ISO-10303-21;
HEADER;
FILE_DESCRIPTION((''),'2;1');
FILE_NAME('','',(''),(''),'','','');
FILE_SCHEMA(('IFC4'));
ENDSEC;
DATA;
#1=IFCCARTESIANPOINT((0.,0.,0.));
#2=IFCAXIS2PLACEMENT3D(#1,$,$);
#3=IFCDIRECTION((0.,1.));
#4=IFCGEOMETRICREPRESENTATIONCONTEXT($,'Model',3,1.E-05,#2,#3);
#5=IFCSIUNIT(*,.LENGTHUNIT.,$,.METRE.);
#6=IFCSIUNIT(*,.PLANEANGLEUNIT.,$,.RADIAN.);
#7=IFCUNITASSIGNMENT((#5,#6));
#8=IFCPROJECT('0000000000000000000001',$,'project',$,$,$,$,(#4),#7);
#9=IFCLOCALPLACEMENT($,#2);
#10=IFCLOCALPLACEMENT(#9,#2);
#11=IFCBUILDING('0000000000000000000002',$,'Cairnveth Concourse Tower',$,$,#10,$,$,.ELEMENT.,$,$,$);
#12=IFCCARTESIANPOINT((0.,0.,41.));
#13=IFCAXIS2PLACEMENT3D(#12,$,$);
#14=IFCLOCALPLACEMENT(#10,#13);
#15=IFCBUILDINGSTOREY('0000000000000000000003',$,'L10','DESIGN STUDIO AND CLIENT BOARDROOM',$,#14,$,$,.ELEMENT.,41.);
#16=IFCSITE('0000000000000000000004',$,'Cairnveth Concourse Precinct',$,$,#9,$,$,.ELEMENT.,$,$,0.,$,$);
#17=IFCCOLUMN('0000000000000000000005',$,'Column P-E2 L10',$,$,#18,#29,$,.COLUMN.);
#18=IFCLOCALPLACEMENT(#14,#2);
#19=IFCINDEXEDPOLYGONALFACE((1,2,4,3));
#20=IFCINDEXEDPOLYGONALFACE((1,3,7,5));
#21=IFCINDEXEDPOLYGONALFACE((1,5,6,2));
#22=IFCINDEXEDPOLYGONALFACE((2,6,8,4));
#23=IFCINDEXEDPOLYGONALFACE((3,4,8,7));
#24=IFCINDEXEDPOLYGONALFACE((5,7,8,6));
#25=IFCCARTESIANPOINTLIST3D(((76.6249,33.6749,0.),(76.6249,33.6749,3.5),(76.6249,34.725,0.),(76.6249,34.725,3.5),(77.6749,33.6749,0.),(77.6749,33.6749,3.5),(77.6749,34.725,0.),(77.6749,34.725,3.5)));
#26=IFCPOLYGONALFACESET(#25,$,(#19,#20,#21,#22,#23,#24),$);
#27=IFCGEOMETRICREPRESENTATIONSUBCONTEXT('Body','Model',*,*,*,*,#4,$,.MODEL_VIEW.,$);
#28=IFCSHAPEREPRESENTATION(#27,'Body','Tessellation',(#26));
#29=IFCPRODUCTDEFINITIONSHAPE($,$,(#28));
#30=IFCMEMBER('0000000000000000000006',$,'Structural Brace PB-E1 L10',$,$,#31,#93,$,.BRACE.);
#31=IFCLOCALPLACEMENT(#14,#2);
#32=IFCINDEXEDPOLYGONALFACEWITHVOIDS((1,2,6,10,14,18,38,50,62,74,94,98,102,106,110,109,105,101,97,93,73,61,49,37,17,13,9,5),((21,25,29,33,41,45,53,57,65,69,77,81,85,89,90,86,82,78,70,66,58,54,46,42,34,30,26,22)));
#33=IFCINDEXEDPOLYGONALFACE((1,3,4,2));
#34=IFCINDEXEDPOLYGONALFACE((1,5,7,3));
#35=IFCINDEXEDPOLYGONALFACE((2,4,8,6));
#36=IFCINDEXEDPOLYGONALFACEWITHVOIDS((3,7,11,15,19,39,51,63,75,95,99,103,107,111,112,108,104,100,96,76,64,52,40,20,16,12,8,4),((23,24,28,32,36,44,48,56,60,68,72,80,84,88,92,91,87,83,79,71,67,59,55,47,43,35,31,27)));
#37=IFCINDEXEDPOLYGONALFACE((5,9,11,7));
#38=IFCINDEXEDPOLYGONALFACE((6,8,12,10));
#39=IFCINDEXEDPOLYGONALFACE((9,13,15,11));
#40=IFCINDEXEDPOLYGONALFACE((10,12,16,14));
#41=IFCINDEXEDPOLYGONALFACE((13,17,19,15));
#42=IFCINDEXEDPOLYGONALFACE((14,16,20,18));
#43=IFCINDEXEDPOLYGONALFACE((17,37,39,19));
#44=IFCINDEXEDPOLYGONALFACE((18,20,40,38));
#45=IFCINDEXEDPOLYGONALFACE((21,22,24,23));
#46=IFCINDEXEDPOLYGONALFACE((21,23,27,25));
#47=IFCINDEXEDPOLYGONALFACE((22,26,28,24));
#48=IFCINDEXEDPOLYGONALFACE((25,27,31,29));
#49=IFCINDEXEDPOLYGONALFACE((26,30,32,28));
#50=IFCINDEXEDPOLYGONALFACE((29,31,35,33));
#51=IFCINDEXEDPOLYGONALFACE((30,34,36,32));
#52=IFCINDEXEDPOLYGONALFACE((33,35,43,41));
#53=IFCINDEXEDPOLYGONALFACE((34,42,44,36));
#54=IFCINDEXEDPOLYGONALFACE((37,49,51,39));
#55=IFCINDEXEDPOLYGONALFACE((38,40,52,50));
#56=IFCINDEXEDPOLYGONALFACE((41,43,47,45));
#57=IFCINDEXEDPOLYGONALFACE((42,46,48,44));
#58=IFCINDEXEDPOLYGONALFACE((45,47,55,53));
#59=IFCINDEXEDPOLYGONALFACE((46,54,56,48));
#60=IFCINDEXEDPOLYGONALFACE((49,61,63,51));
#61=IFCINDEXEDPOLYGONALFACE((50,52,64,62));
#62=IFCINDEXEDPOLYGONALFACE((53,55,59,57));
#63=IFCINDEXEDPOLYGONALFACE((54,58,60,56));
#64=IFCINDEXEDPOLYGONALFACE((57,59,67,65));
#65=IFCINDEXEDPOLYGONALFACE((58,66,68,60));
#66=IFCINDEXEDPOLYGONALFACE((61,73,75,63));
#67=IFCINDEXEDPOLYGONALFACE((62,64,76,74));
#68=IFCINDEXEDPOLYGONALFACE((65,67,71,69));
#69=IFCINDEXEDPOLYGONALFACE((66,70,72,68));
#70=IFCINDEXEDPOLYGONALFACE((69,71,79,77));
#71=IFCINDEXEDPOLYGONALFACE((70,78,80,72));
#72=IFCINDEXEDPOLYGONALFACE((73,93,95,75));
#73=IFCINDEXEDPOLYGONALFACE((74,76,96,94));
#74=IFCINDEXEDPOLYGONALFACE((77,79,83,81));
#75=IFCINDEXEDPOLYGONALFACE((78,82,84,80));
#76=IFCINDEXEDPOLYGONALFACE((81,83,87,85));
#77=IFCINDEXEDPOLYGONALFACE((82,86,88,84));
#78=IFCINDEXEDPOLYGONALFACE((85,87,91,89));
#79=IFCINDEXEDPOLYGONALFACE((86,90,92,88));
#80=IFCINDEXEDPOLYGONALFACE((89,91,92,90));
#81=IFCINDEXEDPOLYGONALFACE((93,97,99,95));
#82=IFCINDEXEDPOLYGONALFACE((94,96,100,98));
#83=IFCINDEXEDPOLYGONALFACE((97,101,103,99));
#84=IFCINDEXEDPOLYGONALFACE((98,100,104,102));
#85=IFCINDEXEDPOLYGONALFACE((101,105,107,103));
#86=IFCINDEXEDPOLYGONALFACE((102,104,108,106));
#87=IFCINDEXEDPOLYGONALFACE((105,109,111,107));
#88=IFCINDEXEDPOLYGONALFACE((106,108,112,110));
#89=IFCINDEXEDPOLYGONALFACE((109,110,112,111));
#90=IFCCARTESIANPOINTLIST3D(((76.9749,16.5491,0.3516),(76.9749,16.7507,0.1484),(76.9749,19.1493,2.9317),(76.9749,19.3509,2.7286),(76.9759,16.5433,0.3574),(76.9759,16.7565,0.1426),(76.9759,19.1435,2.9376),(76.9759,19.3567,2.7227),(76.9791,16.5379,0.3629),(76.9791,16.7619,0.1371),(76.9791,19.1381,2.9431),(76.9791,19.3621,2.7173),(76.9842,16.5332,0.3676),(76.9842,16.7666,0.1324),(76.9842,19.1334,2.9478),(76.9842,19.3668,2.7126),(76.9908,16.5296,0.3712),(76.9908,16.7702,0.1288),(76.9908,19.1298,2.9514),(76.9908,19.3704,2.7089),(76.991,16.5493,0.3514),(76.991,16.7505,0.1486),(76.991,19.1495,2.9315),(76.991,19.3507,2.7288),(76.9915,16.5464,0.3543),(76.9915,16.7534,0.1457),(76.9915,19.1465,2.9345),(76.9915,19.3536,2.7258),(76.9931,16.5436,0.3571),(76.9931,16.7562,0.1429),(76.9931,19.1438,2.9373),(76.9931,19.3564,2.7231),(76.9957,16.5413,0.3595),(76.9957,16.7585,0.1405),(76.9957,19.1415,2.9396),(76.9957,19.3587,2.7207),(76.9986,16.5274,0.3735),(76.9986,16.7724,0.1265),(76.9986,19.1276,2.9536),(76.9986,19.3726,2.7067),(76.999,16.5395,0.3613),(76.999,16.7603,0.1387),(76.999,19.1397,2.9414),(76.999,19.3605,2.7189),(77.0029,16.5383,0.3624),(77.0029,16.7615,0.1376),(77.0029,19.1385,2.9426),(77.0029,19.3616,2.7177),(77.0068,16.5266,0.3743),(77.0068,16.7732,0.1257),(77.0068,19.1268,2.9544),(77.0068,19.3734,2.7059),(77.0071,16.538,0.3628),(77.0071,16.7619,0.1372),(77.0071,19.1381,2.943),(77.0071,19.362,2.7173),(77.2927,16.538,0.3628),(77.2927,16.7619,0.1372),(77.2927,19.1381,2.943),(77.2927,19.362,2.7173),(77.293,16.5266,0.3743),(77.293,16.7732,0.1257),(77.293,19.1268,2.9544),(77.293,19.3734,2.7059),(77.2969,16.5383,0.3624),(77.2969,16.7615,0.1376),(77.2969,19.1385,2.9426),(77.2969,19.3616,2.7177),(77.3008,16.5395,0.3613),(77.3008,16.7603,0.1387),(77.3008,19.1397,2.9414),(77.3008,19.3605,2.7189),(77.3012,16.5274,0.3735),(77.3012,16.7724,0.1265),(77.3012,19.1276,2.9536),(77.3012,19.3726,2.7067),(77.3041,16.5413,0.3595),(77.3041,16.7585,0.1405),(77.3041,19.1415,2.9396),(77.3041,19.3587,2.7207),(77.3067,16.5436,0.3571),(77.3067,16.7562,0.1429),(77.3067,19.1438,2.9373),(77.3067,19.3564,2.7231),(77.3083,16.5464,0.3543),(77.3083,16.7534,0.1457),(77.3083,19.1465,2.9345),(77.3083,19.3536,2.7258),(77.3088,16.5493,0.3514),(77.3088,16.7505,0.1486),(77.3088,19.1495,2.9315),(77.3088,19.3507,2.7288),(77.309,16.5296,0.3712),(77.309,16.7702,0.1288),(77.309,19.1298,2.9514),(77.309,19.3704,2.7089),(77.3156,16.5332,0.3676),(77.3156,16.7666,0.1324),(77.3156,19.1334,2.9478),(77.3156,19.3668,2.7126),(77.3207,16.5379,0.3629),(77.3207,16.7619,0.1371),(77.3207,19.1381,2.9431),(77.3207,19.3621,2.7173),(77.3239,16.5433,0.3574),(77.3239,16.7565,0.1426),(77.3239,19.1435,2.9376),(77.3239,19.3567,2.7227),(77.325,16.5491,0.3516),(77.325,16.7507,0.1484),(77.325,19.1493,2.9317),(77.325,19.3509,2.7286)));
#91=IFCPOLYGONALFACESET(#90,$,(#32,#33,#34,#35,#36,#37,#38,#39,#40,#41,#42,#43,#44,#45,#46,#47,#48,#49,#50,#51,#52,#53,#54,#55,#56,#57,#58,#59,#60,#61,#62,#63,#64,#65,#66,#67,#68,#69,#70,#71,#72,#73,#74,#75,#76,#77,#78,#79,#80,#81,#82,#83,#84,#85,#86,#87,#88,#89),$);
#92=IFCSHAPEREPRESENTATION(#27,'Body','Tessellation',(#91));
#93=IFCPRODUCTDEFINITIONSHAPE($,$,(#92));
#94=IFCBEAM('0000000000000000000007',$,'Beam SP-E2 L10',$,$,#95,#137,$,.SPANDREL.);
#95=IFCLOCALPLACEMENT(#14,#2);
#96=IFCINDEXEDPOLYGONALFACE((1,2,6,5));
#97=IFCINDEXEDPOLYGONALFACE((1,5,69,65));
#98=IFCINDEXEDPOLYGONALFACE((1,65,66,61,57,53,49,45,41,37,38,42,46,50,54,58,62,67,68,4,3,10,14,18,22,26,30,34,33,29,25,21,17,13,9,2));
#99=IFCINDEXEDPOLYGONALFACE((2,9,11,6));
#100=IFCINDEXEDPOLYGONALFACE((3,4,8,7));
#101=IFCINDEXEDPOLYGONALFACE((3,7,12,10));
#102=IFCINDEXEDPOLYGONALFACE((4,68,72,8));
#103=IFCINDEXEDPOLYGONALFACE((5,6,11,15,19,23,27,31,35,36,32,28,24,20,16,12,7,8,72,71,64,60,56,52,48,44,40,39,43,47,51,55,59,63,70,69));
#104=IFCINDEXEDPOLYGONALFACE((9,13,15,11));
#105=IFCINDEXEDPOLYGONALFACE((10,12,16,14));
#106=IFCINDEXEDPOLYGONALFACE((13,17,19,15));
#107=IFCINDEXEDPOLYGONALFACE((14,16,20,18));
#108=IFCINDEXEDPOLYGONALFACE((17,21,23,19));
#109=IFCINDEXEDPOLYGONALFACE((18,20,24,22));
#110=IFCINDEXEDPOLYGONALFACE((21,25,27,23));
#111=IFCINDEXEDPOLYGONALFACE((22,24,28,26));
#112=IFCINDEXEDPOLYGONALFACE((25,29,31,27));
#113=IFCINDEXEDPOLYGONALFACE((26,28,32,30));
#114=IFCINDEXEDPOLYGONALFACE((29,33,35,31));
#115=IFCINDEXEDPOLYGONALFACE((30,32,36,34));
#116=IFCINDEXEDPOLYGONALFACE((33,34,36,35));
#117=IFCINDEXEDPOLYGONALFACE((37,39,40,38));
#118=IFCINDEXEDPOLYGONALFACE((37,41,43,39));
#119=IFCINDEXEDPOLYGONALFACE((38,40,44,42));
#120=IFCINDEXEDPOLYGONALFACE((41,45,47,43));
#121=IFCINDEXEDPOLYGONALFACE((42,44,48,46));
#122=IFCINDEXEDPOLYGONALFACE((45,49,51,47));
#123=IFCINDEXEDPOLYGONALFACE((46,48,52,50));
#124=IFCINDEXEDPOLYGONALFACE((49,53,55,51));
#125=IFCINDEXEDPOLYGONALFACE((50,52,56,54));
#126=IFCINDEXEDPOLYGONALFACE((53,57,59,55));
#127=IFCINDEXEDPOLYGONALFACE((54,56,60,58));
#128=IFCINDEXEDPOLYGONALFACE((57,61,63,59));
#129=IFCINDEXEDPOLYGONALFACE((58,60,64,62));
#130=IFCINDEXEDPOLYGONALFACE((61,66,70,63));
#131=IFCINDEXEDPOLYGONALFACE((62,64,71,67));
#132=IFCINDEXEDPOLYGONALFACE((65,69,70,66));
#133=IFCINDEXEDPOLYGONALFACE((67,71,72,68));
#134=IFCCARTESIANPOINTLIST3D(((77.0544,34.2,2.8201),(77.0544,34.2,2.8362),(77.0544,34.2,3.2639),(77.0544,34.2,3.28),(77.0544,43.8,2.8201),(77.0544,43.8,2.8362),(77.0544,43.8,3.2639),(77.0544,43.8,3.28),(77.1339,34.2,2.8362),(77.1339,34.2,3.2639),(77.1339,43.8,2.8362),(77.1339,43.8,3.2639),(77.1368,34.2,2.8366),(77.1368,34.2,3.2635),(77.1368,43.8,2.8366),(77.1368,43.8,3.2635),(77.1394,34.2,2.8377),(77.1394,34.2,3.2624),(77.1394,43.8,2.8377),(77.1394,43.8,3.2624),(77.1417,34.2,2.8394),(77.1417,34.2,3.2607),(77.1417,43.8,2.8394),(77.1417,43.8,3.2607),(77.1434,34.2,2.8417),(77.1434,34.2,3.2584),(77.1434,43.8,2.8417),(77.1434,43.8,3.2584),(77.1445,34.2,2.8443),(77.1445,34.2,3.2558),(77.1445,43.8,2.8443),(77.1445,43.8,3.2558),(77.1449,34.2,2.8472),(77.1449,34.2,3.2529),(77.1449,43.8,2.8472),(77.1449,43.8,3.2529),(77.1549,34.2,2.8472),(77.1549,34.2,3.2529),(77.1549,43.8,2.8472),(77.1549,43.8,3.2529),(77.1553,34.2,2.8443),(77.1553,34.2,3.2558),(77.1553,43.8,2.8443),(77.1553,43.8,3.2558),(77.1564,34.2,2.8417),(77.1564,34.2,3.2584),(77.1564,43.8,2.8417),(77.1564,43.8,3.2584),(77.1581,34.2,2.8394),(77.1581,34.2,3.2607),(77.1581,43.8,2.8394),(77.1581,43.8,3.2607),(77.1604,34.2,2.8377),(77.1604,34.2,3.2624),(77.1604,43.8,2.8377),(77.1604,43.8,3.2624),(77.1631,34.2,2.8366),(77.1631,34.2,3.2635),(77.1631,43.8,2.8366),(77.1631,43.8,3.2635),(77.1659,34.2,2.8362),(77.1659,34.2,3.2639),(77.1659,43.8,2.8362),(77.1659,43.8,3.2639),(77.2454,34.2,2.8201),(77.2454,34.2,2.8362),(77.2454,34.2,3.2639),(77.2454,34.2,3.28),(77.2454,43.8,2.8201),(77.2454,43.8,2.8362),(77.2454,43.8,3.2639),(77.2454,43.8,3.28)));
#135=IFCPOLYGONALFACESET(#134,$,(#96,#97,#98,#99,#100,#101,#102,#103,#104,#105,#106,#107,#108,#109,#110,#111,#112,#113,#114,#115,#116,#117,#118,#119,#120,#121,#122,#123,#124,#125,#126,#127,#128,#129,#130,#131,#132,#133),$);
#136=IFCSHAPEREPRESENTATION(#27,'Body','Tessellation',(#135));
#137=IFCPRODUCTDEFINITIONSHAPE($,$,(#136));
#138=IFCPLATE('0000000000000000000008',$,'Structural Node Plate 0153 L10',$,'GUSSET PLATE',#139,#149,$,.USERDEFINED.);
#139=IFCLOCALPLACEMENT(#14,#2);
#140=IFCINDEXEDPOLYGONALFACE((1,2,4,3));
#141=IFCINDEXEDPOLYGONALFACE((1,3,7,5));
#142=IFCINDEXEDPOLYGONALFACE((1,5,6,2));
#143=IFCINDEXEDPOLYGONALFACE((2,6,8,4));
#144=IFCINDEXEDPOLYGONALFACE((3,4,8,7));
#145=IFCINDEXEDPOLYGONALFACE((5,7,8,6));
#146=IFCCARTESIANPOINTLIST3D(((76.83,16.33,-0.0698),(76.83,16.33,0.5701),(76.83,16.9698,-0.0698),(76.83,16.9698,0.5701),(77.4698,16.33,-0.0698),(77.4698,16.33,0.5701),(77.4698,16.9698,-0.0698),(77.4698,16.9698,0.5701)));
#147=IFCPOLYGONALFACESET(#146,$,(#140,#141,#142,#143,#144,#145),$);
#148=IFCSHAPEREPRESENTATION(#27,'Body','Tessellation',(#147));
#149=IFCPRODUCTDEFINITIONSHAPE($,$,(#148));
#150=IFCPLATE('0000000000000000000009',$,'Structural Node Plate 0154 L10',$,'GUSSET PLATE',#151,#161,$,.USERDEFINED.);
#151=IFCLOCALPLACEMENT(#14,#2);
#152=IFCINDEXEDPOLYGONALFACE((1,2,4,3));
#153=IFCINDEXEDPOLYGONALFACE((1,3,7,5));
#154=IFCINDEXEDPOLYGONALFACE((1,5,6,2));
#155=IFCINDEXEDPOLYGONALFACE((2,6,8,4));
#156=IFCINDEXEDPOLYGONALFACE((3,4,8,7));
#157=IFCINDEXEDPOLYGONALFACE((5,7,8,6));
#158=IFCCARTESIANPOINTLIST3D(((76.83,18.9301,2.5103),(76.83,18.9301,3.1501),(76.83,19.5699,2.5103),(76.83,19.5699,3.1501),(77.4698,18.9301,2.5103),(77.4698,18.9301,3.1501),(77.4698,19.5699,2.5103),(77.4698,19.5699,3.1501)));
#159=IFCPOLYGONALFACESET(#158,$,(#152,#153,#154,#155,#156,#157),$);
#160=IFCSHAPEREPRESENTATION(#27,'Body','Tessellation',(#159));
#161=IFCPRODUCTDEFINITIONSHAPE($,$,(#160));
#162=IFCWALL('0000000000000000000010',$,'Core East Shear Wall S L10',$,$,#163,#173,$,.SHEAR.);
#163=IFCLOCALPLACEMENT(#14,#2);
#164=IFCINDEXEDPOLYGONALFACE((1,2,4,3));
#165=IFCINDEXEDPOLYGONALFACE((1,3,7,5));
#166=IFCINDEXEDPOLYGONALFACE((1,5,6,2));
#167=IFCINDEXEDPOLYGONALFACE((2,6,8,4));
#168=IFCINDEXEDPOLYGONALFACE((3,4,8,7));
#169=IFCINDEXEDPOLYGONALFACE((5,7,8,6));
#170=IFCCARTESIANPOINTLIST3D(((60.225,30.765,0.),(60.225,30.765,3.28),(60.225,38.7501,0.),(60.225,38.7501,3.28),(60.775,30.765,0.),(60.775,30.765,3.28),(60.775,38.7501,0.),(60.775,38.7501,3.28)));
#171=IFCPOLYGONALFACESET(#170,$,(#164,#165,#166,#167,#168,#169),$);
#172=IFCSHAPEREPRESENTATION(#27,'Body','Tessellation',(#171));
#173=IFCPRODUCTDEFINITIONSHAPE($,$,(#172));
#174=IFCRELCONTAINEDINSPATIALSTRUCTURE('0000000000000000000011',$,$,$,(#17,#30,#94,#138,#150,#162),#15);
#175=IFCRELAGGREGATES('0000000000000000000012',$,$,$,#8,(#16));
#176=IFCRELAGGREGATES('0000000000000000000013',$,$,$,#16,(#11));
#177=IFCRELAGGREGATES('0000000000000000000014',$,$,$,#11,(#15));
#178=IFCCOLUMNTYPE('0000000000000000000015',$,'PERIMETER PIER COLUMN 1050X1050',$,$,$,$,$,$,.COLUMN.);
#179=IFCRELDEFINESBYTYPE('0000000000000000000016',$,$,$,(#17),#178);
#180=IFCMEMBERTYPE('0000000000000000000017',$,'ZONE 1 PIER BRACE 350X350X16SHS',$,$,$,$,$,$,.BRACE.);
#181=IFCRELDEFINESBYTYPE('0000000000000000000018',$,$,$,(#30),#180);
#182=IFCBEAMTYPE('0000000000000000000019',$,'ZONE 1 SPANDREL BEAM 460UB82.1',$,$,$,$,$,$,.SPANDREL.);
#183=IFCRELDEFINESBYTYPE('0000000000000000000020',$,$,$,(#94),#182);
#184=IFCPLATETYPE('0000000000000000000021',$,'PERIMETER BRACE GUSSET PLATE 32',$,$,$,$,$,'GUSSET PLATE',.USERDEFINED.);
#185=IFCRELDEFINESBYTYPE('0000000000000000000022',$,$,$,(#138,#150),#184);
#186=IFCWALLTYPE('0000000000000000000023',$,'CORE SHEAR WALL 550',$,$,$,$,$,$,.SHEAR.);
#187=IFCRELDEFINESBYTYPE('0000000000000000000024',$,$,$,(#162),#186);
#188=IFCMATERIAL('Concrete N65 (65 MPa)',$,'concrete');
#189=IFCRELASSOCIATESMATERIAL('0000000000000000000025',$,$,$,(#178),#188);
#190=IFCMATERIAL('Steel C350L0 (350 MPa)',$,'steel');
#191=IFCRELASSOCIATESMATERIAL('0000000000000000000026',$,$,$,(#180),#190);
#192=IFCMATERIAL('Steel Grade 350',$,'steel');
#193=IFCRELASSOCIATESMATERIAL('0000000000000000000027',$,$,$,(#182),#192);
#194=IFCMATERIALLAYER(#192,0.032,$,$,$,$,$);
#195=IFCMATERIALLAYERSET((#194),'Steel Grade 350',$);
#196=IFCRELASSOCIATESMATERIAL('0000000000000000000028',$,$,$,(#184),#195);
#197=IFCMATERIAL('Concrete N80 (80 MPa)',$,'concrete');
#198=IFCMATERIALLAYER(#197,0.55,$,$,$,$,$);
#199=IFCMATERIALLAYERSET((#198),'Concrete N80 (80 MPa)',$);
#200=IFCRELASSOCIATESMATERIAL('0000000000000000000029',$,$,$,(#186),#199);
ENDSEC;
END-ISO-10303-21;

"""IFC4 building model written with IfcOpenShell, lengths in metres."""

from ifc_helpers import new_model, si_unit, direction, frame, frame_2d, origin, origin_2d, place, context, subcontext, project, spatial, rectangle, hollow_rectangle, i_section, extrude, material, layer, layer_set, material_profile, profile_set, type_object, element, save


model = new_model("IFC4")

# Units and contexts
model_context = context("Model", 3, precision=1e-05, world=origin(), true_north=direction((0.0, 1.0)))
body_context = subcontext(model_context, "Body", "Model", "MODEL_VIEW")
ifc_project = project(units=[si_unit("LENGTHUNIT", "METRE"), si_unit("PLANEANGLEUNIT", "RADIAN")], contexts=[model_context])

# Site, building, storey
site_placement = place(None, origin())
site = spatial("IfcSite", under=ifc_project, at=site_placement, Name="Cairnveth Concourse Precinct", CompositionType="ELEMENT", RefElevation=0.0)
building_placement = place(site_placement, origin())
building = spatial("IfcBuilding", under=site, at=building_placement, Name="Cairnveth Concourse Tower", CompositionType="ELEMENT")
storey_placement = place(building_placement, frame((0.0, 0.0, 41.0)))
storey = spatial("IfcBuildingStorey", under=building, at=storey_placement, Name="L10", Description="DESIGN STUDIO AND CLIENT BOARDROOM", CompositionType="ELEMENT", Elevation=41.0)

# Column
ifc_material_1 = material(Name="Concrete N65 (65 MPa)", Category="concrete")
ifc_material_profile_1 = material_profile(ifc_material_1, rectangle(XDim=1.05, YDim=1.05, at=origin_2d()), Name="RC-COL-1050x1050")
ifc_profile_set_1 = profile_set([ifc_material_profile_1], Name="Concrete N65 (65 MPa)")
column_type = type_object("IfcColumnType", Name="PERIMETER PIER COLUMN 1050X1050", PredefinedType="COLUMN", material=ifc_profile_set_1)
column_placement = place(storey_placement, frame((77.1499, 34.2, 0.0), z_axis=(0.0, 0.0, 1.0), x_axis=(0.0, 1.0, 0.0)))
element("IfcColumn", 1, at=column_placement, inside=storey, type_object=column_type, Name="Column P-E2 L10", PredefinedType="COLUMN", context=body_context, shape_type="SweptSolid", body=[
    extrude(rectangle(XDim=1.05, YDim=1.05, at=origin_2d()), origin(), (0.0, 0.0, 1.0), 3.5),
])

# Member
ifc_material_2 = material(Name="Steel C350L0 (350 MPa)", Category="steel")
ifc_material_profile_2 = material_profile(ifc_material_2, hollow_rectangle(XDim=0.3501, YDim=0.3501, WallThickness=0.0161, InnerFilletRadius=0.0161, OuterFilletRadius=0.032, at=origin_2d()), Name="350x350x16.0SHS")
ifc_profile_set_2 = profile_set([ifc_material_profile_2], Name="Steel C350L0 (350 MPa)")
member_type = type_object("IfcMemberType", Name="ZONE 1 PIER BRACE 350X350X16SHS", PredefinedType="BRACE", material=ifc_profile_set_2)
member_placement = place(storey_placement, frame((77.1499, 16.6499, 0.25), z_axis=(0.0, 0.709834, 0.704369), x_axis=(-1.0, 0.0, 0.0)))
element("IfcMember", 2, at=member_placement, inside=storey, type_object=member_type, Name="Structural Brace PB-E1 L10", PredefinedType="BRACE", context=body_context, shape_type="SweptSolid", body=[
    extrude(hollow_rectangle(XDim=0.3501, YDim=0.3501, WallThickness=0.0161, InnerFilletRadius=0.0161, OuterFilletRadius=0.032, at=origin_2d()), origin(), (0.0, 0.0, 1.0), 3.6631),
])

# Beam
ifc_material_3 = material(Name="Steel Grade 350", Category="steel")
ifc_material_profile_3 = material_profile(ifc_material_3, i_section(OverallWidth=0.1909, OverallDepth=0.46, WebThickness=0.01, FlangeThickness=0.0161, FilletRadius=0.011, at=origin_2d()), Name="460UB82.1")
ifc_profile_set_3 = profile_set([ifc_material_profile_3], Name="Steel Grade 350")
beam_type = type_object("IfcBeamType", Name="ZONE 1 SPANDREL BEAM 460UB82.1", PredefinedType="SPANDREL", material=ifc_profile_set_3)
beam_placement = place(storey_placement, frame((77.1499, 34.2, 3.05), z_axis=(0.0, 1.0, 0.0), x_axis=(-1.0, 0.0, 0.0)))
element("IfcBeam", 3, at=beam_placement, inside=storey, type_object=beam_type, Name="Beam SP-E2 L10", PredefinedType="SPANDREL", context=body_context, shape_type="SweptSolid", body=[
    extrude(i_section(OverallWidth=0.1909, OverallDepth=0.46, WebThickness=0.01, FlangeThickness=0.0161, FilletRadius=0.011, at=origin_2d()), origin(), (0.0, 0.0, 1.0), 9.6001),
])

# Plates
ifc_layer_1 = layer(ifc_material_3, 0.032)
ifc_layer_set_1 = layer_set([ifc_layer_1], Name="Steel Grade 350")
plate_type = type_object("IfcPlateType", Name="PERIMETER BRACE GUSSET PLATE 32", ElementType="GUSSET PLATE", PredefinedType="USERDEFINED", material=ifc_layer_set_1)
for number, where, z_axis, x_axis, name in (
    (4, (77.1499, 16.6499, -0.0698), (0.0, 0.0, 1.0), (1.0, 0.0, 0.0), "Structural Node Plate 0153 L10"),
    (5, (77.1499, 19.25, 2.5103), (0.0, 0.0, 1.0), (1.0, 0.0, 0.0), "Structural Node Plate 0154 L10"),
):
    element("IfcPlate", number, at=place(storey_placement, frame(where, z_axis=z_axis, x_axis=x_axis)), inside=storey, type_object=plate_type, Name=name, ObjectType="GUSSET PLATE", PredefinedType="USERDEFINED", context=body_context, shape_type="SweptSolid", body=[
        extrude(rectangle(XDim=0.6399, YDim=0.6399, at=origin_2d()), origin(), (0.0, 0.0, 1.0), 0.6399),
    ])

# Wall
ifc_material_4 = material(Name="Concrete N80 (80 MPa)", Category="concrete")
ifc_layer_2 = layer(ifc_material_4, 0.55)
ifc_layer_set_2 = layer_set([ifc_layer_2], Name="Concrete N80 (80 MPa)")
wall_type_1 = type_object("IfcWallType", Name="CORE SHEAR WALL 550", PredefinedType="SHEAR", material=ifc_layer_set_2)
wall_1_placement = place(storey_placement, frame((60.5, 30.7649, 0.0), z_axis=(0.0, 0.0, 1.0), x_axis=(0.0, 1.0, 0.0)))
element("IfcWall", 6, at=wall_1_placement, inside=storey, type_object=wall_type_1, Name="Core East Shear Wall S L10", PredefinedType="SHEAR", context=body_context, shape_type="SweptSolid", body=[
    extrude(rectangle(XDim=7.9851, YDim=0.55, at=frame_2d((3.9927, 0.0))), origin(), (0.0, 0.0, 1.0), 3.28),
])

save(model, "model.ifc")
